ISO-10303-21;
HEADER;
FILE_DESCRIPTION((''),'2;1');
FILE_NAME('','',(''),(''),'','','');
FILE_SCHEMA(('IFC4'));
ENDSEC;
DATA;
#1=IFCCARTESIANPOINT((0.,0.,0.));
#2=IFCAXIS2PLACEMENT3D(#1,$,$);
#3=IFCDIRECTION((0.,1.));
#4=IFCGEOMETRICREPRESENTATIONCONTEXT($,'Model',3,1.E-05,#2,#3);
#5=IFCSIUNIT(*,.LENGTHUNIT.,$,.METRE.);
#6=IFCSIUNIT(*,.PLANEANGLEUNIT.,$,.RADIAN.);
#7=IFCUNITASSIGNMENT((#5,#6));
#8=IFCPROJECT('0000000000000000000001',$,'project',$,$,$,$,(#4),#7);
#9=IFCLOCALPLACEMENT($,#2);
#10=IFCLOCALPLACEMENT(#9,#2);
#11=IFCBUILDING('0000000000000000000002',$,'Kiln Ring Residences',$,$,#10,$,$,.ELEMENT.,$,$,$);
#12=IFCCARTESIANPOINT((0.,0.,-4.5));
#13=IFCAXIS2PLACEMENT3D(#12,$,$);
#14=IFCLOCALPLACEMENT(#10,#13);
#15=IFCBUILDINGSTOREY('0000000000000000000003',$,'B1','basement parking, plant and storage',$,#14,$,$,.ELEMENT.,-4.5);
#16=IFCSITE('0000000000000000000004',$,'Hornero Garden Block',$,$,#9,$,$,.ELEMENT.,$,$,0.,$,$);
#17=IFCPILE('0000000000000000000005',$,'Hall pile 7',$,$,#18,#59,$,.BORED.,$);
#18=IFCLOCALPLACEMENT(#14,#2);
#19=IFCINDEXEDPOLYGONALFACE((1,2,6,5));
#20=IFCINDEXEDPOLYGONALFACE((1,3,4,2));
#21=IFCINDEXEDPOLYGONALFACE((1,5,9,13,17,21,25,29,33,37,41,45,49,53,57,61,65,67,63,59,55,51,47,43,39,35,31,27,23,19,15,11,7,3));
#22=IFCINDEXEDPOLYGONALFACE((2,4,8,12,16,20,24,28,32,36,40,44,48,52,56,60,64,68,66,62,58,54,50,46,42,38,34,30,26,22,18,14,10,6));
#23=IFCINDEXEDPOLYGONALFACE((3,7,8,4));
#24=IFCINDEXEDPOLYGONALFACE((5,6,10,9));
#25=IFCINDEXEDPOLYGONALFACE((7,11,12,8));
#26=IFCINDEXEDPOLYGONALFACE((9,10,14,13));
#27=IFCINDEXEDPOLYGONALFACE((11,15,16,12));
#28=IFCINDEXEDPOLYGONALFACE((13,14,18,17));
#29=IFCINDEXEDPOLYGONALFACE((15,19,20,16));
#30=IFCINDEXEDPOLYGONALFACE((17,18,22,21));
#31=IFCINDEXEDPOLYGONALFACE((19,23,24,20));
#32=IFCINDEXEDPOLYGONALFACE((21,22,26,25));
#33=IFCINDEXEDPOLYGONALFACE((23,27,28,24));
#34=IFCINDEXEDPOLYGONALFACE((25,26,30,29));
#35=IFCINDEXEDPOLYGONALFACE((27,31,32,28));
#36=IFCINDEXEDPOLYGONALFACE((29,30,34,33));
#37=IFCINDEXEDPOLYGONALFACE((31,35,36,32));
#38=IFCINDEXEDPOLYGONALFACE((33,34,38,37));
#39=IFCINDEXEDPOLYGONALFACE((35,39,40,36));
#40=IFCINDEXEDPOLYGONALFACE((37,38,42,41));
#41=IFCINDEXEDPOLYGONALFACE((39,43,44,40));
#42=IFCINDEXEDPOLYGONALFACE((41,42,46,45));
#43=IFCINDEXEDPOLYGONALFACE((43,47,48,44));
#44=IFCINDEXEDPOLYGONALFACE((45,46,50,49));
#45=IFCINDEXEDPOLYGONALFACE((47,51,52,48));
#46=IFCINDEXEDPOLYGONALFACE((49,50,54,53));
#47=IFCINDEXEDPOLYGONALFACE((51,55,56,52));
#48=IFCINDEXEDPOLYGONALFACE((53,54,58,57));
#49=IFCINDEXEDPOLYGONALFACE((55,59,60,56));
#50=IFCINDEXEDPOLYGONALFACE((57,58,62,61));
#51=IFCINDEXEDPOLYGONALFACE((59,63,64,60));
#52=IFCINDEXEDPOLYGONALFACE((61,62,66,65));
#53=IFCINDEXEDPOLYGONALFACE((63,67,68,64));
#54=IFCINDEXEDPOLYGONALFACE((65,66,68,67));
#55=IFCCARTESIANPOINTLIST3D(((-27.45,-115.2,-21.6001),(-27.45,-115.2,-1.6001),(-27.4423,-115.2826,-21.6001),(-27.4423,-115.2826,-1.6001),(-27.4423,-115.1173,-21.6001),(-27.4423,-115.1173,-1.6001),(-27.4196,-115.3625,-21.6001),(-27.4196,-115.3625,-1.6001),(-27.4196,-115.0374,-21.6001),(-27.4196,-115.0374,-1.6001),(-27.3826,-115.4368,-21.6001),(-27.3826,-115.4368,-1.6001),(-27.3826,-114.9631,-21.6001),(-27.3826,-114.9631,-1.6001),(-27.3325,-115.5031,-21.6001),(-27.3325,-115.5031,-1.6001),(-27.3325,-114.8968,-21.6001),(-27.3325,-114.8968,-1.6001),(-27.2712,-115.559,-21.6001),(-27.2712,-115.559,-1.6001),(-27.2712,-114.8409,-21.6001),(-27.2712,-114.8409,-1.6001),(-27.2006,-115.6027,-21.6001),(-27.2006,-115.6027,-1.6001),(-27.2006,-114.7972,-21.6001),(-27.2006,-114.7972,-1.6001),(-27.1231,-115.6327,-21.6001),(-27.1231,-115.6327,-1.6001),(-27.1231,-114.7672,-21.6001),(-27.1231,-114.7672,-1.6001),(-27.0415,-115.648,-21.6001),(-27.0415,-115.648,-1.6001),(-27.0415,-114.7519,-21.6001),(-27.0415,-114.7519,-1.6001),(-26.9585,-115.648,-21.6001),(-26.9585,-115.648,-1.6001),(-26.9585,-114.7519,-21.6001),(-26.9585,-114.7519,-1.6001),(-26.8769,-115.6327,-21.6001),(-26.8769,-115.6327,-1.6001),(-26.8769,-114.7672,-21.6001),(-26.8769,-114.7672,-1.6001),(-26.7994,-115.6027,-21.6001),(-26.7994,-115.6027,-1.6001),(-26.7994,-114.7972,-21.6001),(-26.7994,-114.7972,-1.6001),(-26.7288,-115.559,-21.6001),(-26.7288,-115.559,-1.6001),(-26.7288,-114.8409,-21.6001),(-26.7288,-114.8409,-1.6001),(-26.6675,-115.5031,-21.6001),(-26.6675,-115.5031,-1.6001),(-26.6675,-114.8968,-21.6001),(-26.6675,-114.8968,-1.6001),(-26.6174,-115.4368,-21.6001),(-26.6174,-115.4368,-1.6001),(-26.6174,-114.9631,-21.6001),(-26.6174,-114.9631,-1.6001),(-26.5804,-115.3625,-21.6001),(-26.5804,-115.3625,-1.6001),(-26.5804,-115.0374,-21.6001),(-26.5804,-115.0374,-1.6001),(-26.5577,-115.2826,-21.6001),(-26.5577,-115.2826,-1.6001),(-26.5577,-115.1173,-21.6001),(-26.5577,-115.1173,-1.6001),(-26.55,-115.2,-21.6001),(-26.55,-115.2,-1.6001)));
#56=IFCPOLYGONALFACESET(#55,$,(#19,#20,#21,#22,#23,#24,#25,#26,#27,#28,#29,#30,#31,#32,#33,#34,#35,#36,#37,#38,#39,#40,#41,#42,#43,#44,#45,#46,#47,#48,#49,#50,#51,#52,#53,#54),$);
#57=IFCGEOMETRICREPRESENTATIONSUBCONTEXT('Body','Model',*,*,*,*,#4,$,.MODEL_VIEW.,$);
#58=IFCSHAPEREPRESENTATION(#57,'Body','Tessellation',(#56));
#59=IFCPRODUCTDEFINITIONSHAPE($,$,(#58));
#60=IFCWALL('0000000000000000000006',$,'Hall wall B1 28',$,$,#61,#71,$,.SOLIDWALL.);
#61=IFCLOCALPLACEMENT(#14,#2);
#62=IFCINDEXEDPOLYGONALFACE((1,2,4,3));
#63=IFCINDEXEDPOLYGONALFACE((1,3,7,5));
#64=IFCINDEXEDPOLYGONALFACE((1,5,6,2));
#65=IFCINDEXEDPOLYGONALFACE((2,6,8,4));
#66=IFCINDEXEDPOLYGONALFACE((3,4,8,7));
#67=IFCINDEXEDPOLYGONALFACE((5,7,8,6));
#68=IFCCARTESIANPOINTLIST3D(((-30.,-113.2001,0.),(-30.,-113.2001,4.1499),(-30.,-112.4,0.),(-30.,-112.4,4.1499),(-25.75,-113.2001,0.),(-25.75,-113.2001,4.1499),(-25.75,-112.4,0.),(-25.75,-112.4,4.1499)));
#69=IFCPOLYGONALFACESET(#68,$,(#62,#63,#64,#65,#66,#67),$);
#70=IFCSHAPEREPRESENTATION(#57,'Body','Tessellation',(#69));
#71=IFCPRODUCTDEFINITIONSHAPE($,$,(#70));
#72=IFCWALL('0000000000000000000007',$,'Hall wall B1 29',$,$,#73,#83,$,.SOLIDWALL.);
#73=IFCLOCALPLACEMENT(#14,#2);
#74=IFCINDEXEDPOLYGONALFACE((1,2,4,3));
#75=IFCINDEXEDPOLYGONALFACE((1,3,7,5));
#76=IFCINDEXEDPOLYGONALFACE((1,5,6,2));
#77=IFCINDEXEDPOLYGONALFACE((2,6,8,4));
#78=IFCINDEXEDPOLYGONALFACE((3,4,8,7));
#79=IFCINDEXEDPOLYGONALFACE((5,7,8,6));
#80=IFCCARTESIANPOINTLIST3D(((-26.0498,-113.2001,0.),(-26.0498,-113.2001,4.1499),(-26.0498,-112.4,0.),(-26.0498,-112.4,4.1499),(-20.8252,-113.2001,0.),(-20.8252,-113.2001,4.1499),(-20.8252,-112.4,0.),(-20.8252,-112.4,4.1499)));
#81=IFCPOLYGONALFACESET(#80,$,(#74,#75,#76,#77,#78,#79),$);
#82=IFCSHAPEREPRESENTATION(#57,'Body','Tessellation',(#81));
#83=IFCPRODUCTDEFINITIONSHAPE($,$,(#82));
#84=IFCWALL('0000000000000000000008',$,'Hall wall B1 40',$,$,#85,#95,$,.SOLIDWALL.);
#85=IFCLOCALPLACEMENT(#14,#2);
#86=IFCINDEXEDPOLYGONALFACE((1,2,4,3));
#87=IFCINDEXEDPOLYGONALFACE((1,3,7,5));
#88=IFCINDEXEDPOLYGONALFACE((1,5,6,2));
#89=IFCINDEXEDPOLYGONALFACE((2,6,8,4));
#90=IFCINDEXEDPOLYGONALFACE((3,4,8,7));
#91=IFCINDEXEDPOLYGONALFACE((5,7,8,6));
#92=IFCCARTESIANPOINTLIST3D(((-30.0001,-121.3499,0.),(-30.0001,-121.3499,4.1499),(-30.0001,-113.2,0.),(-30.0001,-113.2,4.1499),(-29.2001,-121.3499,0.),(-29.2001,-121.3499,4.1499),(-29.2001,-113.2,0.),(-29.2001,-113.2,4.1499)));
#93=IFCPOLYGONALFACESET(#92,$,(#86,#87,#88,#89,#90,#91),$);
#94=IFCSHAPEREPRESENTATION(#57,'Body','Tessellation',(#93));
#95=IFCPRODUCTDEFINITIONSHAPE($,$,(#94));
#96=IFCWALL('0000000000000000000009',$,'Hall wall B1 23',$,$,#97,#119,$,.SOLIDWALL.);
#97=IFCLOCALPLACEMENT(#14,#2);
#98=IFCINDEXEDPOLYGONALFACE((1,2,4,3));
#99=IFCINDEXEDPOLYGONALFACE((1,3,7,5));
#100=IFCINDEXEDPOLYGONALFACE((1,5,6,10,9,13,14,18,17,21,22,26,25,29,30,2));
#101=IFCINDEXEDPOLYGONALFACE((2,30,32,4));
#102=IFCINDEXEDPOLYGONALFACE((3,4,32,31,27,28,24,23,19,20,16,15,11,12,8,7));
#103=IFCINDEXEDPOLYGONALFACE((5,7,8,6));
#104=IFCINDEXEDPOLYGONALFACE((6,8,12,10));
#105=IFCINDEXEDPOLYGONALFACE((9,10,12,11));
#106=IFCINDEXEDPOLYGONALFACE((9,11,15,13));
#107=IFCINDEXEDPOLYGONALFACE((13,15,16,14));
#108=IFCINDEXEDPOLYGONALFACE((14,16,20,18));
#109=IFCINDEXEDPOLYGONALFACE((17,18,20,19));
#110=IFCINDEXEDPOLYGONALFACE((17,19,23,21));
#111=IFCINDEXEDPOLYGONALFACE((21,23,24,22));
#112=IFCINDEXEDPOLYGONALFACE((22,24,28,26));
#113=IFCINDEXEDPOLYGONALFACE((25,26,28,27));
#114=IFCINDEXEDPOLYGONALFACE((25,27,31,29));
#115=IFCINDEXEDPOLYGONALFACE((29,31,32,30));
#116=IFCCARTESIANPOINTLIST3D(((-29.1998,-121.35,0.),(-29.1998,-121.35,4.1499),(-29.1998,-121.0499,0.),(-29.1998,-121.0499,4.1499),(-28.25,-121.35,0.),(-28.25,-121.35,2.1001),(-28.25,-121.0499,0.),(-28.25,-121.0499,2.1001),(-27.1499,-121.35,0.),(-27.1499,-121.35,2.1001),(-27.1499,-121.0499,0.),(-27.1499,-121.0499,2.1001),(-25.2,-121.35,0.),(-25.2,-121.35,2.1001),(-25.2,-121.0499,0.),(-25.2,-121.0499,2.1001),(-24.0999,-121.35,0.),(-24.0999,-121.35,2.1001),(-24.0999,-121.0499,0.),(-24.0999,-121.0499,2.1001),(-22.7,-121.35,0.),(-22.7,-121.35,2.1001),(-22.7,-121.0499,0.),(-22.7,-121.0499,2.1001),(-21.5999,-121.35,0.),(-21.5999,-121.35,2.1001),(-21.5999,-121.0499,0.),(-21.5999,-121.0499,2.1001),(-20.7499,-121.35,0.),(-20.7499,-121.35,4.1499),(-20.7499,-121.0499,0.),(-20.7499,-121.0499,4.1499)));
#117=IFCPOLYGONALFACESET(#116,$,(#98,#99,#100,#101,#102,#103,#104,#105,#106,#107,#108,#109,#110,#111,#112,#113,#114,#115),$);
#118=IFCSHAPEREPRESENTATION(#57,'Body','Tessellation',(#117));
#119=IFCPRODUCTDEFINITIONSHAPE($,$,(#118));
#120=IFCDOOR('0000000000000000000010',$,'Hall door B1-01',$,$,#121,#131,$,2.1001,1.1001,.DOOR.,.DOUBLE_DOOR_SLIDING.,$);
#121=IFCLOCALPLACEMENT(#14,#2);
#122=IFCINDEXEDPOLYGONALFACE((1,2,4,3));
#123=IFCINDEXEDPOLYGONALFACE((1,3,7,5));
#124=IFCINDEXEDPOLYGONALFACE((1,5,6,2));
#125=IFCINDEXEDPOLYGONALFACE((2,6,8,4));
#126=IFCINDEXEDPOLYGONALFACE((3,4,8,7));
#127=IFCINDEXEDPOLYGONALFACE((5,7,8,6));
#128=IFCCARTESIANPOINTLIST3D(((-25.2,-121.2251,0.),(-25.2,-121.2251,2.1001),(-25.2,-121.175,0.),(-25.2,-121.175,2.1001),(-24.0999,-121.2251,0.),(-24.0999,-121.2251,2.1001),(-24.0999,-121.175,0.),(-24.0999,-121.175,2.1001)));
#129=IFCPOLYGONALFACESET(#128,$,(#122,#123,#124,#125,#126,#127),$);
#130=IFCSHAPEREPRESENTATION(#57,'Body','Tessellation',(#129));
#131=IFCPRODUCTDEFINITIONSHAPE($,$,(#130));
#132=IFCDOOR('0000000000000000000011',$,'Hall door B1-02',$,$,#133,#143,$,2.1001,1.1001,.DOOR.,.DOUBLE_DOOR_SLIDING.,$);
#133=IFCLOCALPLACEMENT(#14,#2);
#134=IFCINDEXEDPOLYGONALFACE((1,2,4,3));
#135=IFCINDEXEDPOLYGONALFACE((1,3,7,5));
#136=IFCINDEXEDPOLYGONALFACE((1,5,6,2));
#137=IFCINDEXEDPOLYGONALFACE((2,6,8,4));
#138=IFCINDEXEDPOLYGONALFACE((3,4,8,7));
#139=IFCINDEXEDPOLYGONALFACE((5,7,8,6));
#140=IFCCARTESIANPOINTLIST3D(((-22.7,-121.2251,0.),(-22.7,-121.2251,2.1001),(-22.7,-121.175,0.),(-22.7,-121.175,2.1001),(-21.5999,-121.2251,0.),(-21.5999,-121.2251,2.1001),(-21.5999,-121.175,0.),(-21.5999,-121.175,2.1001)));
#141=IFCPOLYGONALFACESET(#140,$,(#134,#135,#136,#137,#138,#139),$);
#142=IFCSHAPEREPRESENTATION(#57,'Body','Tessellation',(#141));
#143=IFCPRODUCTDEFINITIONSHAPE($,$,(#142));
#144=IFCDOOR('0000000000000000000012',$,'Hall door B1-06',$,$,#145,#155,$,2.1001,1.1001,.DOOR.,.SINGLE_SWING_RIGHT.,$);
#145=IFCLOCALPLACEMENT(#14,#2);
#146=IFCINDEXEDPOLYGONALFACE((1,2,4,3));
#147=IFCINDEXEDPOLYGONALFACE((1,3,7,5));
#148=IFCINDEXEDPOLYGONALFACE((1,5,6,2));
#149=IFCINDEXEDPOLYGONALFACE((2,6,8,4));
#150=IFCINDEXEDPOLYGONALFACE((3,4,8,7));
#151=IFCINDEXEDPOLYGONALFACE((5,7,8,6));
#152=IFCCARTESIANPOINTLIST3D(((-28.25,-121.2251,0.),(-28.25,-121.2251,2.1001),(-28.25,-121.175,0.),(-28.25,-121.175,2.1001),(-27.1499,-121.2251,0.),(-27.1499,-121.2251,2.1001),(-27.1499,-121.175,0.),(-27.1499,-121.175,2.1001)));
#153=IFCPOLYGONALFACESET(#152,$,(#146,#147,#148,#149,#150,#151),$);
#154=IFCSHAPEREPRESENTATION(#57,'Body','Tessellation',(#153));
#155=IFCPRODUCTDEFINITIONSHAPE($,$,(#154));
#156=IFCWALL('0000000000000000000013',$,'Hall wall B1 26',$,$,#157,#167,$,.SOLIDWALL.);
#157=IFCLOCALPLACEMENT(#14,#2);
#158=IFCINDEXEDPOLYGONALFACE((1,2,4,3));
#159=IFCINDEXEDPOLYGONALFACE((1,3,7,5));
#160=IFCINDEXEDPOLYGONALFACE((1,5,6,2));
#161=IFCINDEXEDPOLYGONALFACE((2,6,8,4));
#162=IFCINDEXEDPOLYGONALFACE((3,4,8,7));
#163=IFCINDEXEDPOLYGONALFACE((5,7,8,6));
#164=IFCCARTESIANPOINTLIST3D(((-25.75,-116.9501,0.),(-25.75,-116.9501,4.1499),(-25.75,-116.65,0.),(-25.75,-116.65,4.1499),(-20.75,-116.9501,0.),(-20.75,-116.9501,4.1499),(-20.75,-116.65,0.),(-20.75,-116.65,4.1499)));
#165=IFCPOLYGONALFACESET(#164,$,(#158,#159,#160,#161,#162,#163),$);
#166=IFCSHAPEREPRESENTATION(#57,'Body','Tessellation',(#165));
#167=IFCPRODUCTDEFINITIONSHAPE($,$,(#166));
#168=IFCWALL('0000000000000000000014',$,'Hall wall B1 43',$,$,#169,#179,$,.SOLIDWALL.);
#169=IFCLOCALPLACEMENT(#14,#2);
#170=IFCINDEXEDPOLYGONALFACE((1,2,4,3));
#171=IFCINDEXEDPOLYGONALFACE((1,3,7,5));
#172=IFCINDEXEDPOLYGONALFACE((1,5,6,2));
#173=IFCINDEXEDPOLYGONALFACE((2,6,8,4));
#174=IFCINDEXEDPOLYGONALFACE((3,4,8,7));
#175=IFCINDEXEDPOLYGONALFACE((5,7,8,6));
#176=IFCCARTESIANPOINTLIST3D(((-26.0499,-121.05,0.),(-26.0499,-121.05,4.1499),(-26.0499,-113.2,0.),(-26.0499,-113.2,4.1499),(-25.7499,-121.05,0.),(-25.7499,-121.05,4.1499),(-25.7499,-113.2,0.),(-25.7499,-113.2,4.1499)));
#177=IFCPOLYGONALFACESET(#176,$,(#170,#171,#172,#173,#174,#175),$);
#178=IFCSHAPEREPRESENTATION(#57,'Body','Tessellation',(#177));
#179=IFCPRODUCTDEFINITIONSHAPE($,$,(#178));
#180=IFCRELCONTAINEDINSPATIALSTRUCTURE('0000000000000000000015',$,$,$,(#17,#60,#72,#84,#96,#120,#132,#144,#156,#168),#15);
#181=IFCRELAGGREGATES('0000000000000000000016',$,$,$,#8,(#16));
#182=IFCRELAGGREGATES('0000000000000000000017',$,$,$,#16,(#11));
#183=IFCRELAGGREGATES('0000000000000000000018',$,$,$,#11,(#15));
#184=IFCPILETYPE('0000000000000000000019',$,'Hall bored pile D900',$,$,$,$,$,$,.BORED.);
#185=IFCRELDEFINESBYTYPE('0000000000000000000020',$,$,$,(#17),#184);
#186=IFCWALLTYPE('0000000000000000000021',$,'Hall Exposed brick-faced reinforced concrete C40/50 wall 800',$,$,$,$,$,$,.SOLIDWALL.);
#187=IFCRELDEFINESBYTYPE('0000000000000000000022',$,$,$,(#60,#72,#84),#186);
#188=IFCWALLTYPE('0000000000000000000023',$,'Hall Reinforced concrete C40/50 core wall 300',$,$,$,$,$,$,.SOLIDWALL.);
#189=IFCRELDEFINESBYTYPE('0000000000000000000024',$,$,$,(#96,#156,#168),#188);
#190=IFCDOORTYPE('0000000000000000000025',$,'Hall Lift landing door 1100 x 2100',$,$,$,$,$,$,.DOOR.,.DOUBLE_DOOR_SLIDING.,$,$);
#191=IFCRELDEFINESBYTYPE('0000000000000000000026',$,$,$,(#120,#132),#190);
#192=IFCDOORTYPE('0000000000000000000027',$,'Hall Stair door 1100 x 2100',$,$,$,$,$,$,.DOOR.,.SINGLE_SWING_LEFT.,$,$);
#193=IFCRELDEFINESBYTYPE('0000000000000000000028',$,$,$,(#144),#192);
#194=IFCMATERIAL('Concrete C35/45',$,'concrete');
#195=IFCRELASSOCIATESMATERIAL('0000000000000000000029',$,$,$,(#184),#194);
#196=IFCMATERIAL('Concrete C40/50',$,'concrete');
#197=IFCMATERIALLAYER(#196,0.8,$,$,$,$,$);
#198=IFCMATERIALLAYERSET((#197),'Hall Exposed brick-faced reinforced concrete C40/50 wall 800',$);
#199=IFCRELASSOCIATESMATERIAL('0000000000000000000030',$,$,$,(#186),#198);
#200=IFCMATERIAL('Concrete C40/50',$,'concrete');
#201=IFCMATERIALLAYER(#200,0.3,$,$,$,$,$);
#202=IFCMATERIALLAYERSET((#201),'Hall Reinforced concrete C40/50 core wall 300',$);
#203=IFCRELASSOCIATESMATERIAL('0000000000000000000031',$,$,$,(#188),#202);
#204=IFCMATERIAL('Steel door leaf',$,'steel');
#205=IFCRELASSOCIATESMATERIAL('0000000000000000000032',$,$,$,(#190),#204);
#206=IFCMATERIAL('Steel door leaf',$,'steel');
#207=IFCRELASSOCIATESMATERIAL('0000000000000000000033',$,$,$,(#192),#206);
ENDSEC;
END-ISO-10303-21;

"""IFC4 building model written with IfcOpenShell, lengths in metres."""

from ifc_helpers import new_model, si_unit, direction, frame, frame_2d, origin, origin_2d, place, context, subcontext, project, spatial, rectangle, circle, extrude, material, layer, layer_set, material_profile, profile_set, type_object, element, fill, save


model = new_model("IFC4")

# Units and contexts
model_context = context("Model", 3, precision=1e-05, world=origin(), true_north=direction((0.0, 1.0)))
body_context = subcontext(model_context, "Body", "Model", "MODEL_VIEW")
ifc_project = project(units=[si_unit("LENGTHUNIT", "METRE"), si_unit("PLANEANGLEUNIT", "RADIAN")], contexts=[model_context])

# Site, building, storey
site_placement = place(None, origin())
site = spatial("IfcSite", under=ifc_project, at=site_placement, Name="Hornero Garden Block", CompositionType="ELEMENT", RefElevation=0.0)
building_placement = place(site_placement, origin())
building = spatial("IfcBuilding", under=site, at=building_placement, Name="Kiln Ring Residences", CompositionType="ELEMENT")
storey_placement = place(building_placement, frame((0.0, 0.0, -4.5)))
storey = spatial("IfcBuildingStorey", under=building, at=storey_placement, Name="B1", Description="basement parking, plant and storage", CompositionType="ELEMENT", Elevation=-4.5)

# Pile
ifc_material_1 = material(Name="Concrete C35/45", Category="concrete")
ifc_material_profile = material_profile(ifc_material_1, circle(Radius=0.45, at=origin_2d()), Name="Hall bored pile D900")
ifc_profile_set = profile_set([ifc_material_profile], Name="Concrete C35/45")
pile_type = type_object("IfcPileType", Name="Hall bored pile D900", PredefinedType="BORED", material=ifc_profile_set)
pile_placement = place(storey_placement, frame((-27.0, -115.2, -1.6001), z_axis=(0.0, 0.0, -1.0), x_axis=(1.0, 0.0, 0.0)))
element("IfcPile", 1, at=pile_placement, inside=storey, type_object=pile_type, Name="Hall pile 7", PredefinedType="BORED", context=body_context, shape_type="SweptSolid", body=[
    extrude(circle(Radius=0.45, at=origin_2d()), origin(), (0.0, 0.0, 1.0), 20.0),
])

# Walls
ifc_material_2 = material(Name="Concrete C40/50", Category="concrete")
ifc_layer_1 = layer(ifc_material_2, 0.8)
ifc_layer_set_1 = layer_set([ifc_layer_1], Name="Hall Exposed brick-faced reinforced concrete C40/50 wall 800")
wall_type_1 = type_object("IfcWallType", Name="Hall Exposed brick-faced reinforced concrete C40/50 wall 800", PredefinedType="SOLIDWALL", material=ifc_layer_set_1)
wall_1_placement = place(storey_placement, frame((-30.0, -112.8, 0.0), z_axis=(0.0, 0.0, 1.0), x_axis=(1.0, 0.0, 0.0)))
element("IfcWall", 2, at=wall_1_placement, inside=storey, type_object=wall_type_1, Name="Hall wall B1 28", PredefinedType="SOLIDWALL", context=body_context, shape_type="SweptSolid", body=[
    extrude(rectangle(XDim=4.25, YDim=0.8, at=frame_2d((2.125, 0.0))), origin(), (0.0, 0.0, 1.0), 4.1499),
])
wall_2_placement = place(storey_placement, frame((-26.0498, -112.8, 0.0), z_axis=(0.0, 0.0, 1.0), x_axis=(1.0, 0.0, 0.0)))
element("IfcWall", 3, at=wall_2_placement, inside=storey, type_object=wall_type_1, Name="Hall wall B1 29", PredefinedType="SOLIDWALL", context=body_context, shape_type="SweptSolid", body=[
    extrude(rectangle(XDim=5.2246, YDim=0.8, at=frame_2d((2.6123, 0.0))), origin(), (0.0, 0.0, 1.0), 4.1499),
])
wall_3_placement = place(storey_placement, frame((-29.6001, -121.3499, 0.0), z_axis=(0.0, 0.0, 1.0), x_axis=(0.0, 1.0, 0.0)))
element("IfcWall", 4, at=wall_3_placement, inside=storey, type_object=wall_type_1, Name="Hall wall B1 40", PredefinedType="SOLIDWALL", context=body_context, shape_type="SweptSolid", body=[
    extrude(rectangle(XDim=8.1499, YDim=0.8, at=frame_2d((4.075, 0.0))), origin(), (0.0, 0.0, 1.0), 4.1499),
])

# Wall, openings, doors
ifc_material_3 = material(Name="Concrete C40/50", Category="concrete")
ifc_layer_2 = layer(ifc_material_3, 0.3)
ifc_layer_set_2 = layer_set([ifc_layer_2], Name="Hall Reinforced concrete C40/50 core wall 300")
wall_type_2 = type_object("IfcWallType", Name="Hall Reinforced concrete C40/50 core wall 300", PredefinedType="SOLIDWALL", material=ifc_layer_set_2)
wall_4_placement = place(storey_placement, frame((-29.2, -121.2, 0.0), z_axis=(0.0, 0.0, 1.0), x_axis=(1.0, 0.0, 0.0)))
wall_4 = element("IfcWall", 5, at=wall_4_placement, inside=storey, type_object=wall_type_2, Name="Hall wall B1 23", PredefinedType="SOLIDWALL", context=body_context, shape_type="SweptSolid", body=[
    extrude(rectangle(XDim=8.45, YDim=0.3, at=frame_2d((4.2251, 0.0))), origin(), (0.0, 0.0, 1.0), 4.1499),
])
opening_1_placement = place(wall_4_placement, frame((4.0, 0.0, 0.0)))
opening_1 = element("IfcOpeningElement", 6, at=opening_1_placement, cuts=wall_4, PredefinedType="OPENING", context=body_context, shape_type="SweptSolid", body=[
    extrude(rectangle(XDim=1.1001, YDim=2.1001, at=frame_2d((0.55, 1.05))), frame((0.0, 0.1599, 0.0), z_axis=(0.0, -1.0, 0.0), x_axis=(1.0, 0.0, 0.0)), (0.0, 0.0, 1.0), 0.3201),
])
opening_2_placement = place(wall_4_placement, frame((6.5, 0.0, 0.0)))
opening_2 = element("IfcOpeningElement", 7, at=opening_2_placement, cuts=wall_4, PredefinedType="OPENING", context=body_context, shape_type="SweptSolid", body=[
    extrude(rectangle(XDim=1.1001, YDim=2.1001, at=frame_2d((0.55, 1.05))), frame((0.0, 0.1599, 0.0), z_axis=(0.0, -1.0, 0.0), x_axis=(1.0, 0.0, 0.0)), (0.0, 0.0, 1.0), 0.3201),
])
opening_3_placement = place(wall_4_placement, frame((0.95, 0.0, 0.0)))
opening_3 = element("IfcOpeningElement", 8, at=opening_3_placement, cuts=wall_4, PredefinedType="OPENING", context=body_context, shape_type="SweptSolid", body=[
    extrude(rectangle(XDim=1.1001, YDim=2.1001, at=frame_2d((0.55, 1.05))), frame((0.0, 0.1599, 0.0), z_axis=(0.0, -1.0, 0.0), x_axis=(1.0, 0.0, 0.0)), (0.0, 0.0, 1.0), 0.3201),
])
ifc_material_4 = material(Name="Steel door leaf", Category="steel")
door_type_1 = type_object("IfcDoorType", Name="Hall Lift landing door 1100 x 2100", OperationType="DOUBLE_DOOR_SLIDING", PredefinedType="DOOR", material=ifc_material_4)
door_1_placement = place(opening_1_placement, origin())
door_1 = element("IfcDoor", 9, at=door_1_placement, inside=storey, type_object=door_type_1, Name="Hall door B1-01", OperationType="DOUBLE_DOOR_SLIDING", OverallHeight=2.1001, OverallWidth=1.1001, PredefinedType="DOOR", context=body_context, shape_type="SweptSolid", body=[
    extrude(rectangle(XDim=1.1001, YDim=2.1001, at=frame_2d((0.55, 1.05))), frame((0.0, 0.0249, 0.0), z_axis=(0.0, -1.0, 0.0), x_axis=(1.0, 0.0, 0.0)), (0.0, 0.0, 1.0), 0.05),
])
fill(opening_1, door_1)
door_2_placement = place(opening_2_placement, origin())
door_2 = element("IfcDoor", 10, at=door_2_placement, inside=storey, type_object=door_type_1, Name="Hall door B1-02", OperationType="DOUBLE_DOOR_SLIDING", OverallHeight=2.1001, OverallWidth=1.1001, PredefinedType="DOOR", context=body_context, shape_type="SweptSolid", body=[
    extrude(rectangle(XDim=1.1001, YDim=2.1001, at=frame_2d((0.55, 1.05))), frame((0.0, 0.0249, 0.0), z_axis=(0.0, -1.0, 0.0), x_axis=(1.0, 0.0, 0.0)), (0.0, 0.0, 1.0), 0.05),
])
fill(opening_2, door_2)
ifc_material_5 = material(Name="Steel door leaf", Category="steel")
door_type_2 = type_object("IfcDoorType", Name="Hall Stair door 1100 x 2100", OperationType="SINGLE_SWING_LEFT", PredefinedType="DOOR", material=ifc_material_5)
door_3_placement = place(opening_3_placement, origin())
door_3 = element("IfcDoor", 11, at=door_3_placement, inside=storey, type_object=door_type_2, Name="Hall door B1-06", OperationType="SINGLE_SWING_RIGHT", OverallHeight=2.1001, OverallWidth=1.1001, PredefinedType="DOOR", context=body_context, shape_type="SweptSolid", body=[
    extrude(rectangle(XDim=1.1001, YDim=2.1001, at=frame_2d((0.55, 1.05))), frame((0.0, 0.0249, 0.0), z_axis=(0.0, -1.0, 0.0), x_axis=(1.0, 0.0, 0.0)), (0.0, 0.0, 1.0), 0.05),
])
fill(opening_3, door_3)

# Walls
wall_5_placement = place(storey_placement, frame((-25.75, -116.8, 0.0), z_axis=(0.0, 0.0, 1.0), x_axis=(1.0, 0.0, 0.0)))
element("IfcWall", 12, at=wall_5_placement, inside=storey, type_object=wall_type_2, Name="Hall wall B1 26", PredefinedType="SOLIDWALL", context=body_context, shape_type="SweptSolid", body=[
    extrude(rectangle(XDim=5.0, YDim=0.3, at=frame_2d((2.5, 0.0))), origin(), (0.0, 0.0, 1.0), 4.1499),
])
wall_6_placement = place(storey_placement, frame((-25.8999, -121.05, 0.0), z_axis=(0.0, 0.0, 1.0), x_axis=(0.0, 1.0, 0.0)))
element("IfcWall", 13, at=wall_6_placement, inside=storey, type_object=wall_type_2, Name="Hall wall B1 43", PredefinedType="SOLIDWALL", context=body_context, shape_type="SweptSolid", body=[
    extrude(rectangle(XDim=7.8501, YDim=0.3, at=frame_2d((3.925, 0.0))), origin(), (0.0, 0.0, 1.0), 4.1499),
])

save(model, "model.ifc")
